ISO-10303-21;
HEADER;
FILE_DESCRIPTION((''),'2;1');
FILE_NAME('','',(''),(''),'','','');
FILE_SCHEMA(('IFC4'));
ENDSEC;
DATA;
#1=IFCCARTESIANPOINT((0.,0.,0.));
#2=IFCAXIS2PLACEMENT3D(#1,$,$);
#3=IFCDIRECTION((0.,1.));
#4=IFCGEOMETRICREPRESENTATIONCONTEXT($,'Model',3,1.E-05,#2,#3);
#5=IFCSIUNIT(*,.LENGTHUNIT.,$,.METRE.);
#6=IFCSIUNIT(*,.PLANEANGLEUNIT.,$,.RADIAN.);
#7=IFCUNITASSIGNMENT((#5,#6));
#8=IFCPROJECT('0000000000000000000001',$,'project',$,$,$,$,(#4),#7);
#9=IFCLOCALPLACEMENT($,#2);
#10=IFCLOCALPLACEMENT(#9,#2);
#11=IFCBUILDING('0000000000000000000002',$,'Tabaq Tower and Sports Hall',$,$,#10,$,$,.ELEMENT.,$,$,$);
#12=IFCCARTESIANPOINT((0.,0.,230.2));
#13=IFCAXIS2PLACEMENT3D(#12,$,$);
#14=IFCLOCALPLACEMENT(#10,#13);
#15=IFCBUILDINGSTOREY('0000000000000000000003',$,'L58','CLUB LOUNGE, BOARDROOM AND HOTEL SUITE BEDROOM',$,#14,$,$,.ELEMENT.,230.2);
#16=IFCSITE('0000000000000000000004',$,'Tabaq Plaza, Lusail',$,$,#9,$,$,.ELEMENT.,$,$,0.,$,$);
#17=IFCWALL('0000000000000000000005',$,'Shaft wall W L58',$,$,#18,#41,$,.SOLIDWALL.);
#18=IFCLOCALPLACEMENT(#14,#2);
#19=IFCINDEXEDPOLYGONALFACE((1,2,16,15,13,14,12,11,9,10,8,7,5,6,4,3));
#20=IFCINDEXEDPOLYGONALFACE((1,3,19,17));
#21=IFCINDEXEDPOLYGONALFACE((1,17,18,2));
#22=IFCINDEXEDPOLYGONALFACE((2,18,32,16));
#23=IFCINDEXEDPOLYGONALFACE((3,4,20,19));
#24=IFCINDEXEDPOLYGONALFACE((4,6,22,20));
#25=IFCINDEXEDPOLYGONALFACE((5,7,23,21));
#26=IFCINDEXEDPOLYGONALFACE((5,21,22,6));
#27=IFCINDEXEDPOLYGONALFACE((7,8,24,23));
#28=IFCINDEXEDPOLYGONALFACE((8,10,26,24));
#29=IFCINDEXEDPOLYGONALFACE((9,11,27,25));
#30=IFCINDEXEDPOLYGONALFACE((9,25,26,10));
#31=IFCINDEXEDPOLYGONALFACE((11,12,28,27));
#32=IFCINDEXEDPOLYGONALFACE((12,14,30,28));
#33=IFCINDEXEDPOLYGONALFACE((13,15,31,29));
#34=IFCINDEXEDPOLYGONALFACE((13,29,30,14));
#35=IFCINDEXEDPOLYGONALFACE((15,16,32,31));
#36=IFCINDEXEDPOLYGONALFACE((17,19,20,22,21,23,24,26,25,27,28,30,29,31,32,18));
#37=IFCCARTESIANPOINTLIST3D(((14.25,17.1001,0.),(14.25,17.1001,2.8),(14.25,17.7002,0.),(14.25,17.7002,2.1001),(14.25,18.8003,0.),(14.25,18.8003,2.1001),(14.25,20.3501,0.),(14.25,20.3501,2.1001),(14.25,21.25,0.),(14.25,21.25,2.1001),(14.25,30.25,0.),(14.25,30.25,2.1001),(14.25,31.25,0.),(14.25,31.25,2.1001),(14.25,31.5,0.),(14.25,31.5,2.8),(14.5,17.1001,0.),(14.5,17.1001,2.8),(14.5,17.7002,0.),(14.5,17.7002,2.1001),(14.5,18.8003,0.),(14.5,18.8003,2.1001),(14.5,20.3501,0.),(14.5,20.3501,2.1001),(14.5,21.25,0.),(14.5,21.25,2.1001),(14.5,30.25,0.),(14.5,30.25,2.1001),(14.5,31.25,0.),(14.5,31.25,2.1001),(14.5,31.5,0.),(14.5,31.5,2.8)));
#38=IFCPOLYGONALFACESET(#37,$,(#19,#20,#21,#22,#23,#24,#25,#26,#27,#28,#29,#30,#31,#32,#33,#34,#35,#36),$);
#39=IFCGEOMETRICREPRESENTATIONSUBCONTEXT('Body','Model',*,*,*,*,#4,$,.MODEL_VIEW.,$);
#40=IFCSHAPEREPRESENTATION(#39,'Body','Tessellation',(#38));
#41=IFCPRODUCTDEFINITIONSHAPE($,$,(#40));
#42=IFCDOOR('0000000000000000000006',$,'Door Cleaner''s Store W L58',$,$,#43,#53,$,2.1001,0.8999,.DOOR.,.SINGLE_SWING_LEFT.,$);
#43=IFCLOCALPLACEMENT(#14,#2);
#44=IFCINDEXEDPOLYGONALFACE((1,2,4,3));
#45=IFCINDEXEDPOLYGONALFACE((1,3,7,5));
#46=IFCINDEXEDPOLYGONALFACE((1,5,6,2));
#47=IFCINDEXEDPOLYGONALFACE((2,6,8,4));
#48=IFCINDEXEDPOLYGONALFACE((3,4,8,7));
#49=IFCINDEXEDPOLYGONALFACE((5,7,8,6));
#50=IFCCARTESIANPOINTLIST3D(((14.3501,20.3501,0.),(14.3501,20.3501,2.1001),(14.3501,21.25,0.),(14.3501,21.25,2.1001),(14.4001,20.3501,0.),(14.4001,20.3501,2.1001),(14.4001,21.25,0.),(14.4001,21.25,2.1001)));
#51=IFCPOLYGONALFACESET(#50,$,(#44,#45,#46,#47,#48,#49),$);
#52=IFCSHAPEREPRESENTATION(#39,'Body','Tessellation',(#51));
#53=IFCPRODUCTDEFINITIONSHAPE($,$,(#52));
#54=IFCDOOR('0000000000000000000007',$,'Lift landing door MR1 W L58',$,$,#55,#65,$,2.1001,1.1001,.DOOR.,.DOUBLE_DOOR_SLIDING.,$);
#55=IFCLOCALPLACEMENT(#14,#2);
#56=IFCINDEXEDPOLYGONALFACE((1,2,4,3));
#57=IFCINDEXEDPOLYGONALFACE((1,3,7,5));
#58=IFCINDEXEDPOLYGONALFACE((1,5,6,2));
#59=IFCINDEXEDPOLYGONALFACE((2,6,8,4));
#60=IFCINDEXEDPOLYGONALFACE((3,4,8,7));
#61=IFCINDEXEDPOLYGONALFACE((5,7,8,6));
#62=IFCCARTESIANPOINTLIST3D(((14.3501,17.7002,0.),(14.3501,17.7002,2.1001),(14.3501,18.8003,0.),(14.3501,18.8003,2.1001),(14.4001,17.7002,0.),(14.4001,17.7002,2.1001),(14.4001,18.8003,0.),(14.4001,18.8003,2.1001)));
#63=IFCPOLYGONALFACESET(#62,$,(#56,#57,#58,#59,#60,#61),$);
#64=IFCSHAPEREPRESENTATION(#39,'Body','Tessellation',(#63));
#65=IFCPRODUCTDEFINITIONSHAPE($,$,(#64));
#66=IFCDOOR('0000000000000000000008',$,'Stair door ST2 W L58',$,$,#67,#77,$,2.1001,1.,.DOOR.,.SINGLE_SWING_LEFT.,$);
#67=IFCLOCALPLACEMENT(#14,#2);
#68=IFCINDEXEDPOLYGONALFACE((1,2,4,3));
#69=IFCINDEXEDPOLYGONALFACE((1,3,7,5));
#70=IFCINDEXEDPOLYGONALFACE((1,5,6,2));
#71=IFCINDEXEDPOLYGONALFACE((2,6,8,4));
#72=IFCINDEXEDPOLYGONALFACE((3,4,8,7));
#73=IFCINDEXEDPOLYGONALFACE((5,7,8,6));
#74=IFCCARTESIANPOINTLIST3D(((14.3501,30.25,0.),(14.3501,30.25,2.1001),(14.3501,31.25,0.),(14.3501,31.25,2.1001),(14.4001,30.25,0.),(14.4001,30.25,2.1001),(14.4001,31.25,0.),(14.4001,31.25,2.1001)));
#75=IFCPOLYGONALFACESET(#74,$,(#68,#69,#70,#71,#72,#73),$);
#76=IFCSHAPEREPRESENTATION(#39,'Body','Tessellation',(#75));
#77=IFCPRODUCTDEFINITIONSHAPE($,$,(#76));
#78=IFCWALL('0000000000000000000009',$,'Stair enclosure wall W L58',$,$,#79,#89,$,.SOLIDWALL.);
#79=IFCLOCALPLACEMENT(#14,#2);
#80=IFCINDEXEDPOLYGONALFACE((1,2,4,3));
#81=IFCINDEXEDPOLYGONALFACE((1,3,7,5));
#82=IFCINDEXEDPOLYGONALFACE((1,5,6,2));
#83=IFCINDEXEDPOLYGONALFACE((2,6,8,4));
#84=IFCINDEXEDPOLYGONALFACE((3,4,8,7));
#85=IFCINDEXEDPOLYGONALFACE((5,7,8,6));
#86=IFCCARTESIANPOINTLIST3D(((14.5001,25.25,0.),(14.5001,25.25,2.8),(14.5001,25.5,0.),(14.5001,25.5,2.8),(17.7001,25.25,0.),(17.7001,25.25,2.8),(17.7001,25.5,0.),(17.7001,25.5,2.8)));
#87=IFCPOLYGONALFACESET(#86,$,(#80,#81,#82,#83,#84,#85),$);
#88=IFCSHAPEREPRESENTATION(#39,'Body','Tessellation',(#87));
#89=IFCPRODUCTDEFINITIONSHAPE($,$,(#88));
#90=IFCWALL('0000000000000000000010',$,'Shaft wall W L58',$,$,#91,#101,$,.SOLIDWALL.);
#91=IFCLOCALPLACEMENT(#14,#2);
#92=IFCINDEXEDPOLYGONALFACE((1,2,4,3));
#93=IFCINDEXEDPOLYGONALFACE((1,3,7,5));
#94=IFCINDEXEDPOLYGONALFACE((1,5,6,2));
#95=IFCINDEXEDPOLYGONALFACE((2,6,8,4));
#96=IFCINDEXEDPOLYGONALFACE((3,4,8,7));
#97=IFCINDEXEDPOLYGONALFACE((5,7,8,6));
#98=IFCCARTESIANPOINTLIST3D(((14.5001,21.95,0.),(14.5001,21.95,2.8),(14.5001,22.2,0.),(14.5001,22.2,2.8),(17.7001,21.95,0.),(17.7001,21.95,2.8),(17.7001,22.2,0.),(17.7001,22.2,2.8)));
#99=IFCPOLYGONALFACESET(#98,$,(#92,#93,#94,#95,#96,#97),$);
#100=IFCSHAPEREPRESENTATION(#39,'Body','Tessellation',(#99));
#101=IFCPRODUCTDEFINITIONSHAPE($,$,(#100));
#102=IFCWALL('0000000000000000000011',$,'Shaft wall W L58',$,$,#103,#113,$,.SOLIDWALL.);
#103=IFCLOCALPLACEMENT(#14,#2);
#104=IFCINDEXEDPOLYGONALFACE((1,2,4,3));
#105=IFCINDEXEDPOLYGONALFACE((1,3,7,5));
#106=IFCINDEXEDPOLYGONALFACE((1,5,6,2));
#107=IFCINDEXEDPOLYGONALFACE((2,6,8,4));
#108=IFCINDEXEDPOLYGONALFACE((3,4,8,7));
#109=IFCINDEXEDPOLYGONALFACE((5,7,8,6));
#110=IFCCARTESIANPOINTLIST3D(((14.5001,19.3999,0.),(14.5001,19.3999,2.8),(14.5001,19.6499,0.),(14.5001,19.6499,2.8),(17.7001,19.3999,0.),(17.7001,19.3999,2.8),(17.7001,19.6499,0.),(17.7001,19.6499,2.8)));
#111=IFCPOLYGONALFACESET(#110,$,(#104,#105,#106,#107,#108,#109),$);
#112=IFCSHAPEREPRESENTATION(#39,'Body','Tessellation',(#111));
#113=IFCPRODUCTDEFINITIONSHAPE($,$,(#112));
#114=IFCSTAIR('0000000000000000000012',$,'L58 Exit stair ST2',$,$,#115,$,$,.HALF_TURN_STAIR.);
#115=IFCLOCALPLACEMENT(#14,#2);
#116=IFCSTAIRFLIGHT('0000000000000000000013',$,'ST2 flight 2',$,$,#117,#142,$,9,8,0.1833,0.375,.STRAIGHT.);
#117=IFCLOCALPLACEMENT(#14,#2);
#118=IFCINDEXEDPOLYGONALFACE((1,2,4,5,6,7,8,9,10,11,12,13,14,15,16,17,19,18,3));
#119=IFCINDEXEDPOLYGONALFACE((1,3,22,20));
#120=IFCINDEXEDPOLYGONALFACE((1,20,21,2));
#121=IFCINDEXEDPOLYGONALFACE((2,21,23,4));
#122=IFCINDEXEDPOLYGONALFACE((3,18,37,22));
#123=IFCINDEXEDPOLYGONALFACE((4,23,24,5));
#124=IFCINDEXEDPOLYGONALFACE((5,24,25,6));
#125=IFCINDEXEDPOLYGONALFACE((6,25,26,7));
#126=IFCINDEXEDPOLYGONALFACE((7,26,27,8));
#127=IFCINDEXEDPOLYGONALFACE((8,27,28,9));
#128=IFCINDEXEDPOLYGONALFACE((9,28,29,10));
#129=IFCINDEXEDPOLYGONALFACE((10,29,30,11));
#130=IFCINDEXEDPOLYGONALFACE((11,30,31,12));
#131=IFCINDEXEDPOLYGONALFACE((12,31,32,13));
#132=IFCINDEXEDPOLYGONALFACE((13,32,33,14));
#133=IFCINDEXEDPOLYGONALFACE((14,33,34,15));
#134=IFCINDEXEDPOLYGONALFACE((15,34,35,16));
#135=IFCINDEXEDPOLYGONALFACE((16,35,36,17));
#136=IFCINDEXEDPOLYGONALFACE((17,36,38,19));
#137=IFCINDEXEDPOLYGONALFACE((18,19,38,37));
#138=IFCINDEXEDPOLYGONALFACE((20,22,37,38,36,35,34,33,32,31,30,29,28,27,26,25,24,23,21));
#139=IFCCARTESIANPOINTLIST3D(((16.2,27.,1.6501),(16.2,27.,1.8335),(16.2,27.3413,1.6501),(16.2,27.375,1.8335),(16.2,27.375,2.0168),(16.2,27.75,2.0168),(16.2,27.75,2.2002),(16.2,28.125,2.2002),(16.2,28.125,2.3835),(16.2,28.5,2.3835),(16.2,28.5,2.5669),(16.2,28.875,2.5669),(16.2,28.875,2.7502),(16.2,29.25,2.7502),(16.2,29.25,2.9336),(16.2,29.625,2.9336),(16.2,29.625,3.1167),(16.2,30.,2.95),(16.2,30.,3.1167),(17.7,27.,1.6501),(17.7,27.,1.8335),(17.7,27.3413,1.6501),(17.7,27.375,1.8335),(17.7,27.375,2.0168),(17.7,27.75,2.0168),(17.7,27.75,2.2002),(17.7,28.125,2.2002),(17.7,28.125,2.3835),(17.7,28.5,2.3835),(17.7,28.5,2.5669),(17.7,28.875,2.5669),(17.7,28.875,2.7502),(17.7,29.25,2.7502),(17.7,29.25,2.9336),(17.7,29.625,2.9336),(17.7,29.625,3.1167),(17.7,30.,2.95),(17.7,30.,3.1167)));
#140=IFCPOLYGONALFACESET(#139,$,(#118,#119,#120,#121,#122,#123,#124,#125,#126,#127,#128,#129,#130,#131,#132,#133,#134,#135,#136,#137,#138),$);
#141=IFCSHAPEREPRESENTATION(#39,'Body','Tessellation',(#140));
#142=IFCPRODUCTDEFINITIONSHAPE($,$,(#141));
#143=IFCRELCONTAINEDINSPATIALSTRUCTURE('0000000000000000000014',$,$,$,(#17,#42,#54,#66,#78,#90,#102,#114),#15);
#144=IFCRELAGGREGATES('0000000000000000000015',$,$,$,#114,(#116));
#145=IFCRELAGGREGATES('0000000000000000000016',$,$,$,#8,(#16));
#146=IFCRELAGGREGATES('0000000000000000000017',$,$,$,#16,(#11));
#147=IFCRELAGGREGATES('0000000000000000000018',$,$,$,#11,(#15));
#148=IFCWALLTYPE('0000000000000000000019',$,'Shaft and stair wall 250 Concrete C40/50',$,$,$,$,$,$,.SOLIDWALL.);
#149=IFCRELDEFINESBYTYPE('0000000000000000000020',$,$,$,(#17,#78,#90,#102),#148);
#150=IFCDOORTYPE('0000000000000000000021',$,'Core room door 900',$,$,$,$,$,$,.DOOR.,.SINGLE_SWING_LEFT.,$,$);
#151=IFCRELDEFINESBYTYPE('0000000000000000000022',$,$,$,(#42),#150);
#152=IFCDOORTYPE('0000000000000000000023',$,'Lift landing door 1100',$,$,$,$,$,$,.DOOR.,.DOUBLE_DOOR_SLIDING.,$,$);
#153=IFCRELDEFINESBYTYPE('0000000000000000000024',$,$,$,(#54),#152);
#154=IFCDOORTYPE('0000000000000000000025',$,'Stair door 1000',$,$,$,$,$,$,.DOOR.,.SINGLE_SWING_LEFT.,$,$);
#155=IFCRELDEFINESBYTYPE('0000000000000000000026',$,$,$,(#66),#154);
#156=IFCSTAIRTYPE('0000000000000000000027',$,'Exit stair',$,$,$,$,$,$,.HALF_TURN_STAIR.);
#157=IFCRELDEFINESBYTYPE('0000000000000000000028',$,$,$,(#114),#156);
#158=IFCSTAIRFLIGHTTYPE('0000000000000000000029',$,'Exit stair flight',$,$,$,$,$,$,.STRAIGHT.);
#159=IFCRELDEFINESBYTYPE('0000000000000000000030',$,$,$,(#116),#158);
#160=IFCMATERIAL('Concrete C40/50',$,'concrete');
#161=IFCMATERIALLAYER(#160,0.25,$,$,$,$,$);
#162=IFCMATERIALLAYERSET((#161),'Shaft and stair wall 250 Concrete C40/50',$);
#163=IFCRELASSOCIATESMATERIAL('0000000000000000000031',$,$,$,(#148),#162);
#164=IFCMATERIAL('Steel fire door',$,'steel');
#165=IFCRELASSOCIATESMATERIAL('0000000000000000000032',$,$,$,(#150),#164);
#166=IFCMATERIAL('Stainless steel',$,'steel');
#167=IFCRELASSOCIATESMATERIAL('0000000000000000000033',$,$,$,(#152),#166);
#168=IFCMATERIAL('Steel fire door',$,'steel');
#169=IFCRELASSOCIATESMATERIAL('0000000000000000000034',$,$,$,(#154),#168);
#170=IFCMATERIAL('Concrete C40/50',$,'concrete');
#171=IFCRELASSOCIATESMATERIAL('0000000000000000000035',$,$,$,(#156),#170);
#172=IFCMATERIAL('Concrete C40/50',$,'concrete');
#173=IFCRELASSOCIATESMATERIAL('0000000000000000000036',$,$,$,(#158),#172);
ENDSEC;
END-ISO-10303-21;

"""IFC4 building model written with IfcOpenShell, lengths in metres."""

from ifc_helpers import new_model, si_unit, direction, frame, frame_2d, origin, place, context, subcontext, project, spatial, polyline, rectangle, outline, extrude, material, layer, layer_set, type_object, element, fill, aggregate, save


model = new_model("IFC4")

# Units and contexts
model_context = context("Model", 3, precision=1e-05, world=origin(), true_north=direction((0.0, 1.0)))
body_context = subcontext(model_context, "Body", "Model", "MODEL_VIEW")
ifc_project = project(units=[si_unit("LENGTHUNIT", "METRE"), si_unit("PLANEANGLEUNIT", "RADIAN")], contexts=[model_context])

# Site, building, storey
site_placement = place(None, origin())
site = spatial("IfcSite", under=ifc_project, at=site_placement, Name="Tabaq Plaza, Lusail", CompositionType="ELEMENT", RefElevation=0.0)
building_placement = place(site_placement, origin())
building = spatial("IfcBuilding", under=site, at=building_placement, Name="Tabaq Tower and Sports Hall", CompositionType="ELEMENT")
storey_placement = place(building_placement, frame((0.0, 0.0, 230.2)))
storey = spatial("IfcBuildingStorey", under=building, at=storey_placement, Name="L58", Description="CLUB LOUNGE, BOARDROOM AND HOTEL SUITE BEDROOM", CompositionType="ELEMENT", Elevation=230.2)

# Wall, openings, doors
ifc_material_1 = material(Name="Concrete C40/50", Category="concrete")
ifc_layer_1 = layer(ifc_material_1, 0.25)
ifc_layer_set_1 = layer_set([ifc_layer_1], Name="Shaft and stair wall 250 Concrete C40/50")
wall_type_1 = type_object("IfcWallType", Name="Shaft and stair wall 250 Concrete C40/50", PredefinedType="SOLIDWALL", material=ifc_layer_set_1)
wall_1_placement = place(storey_placement, frame((14.375, 17.1001, 0.0), z_axis=(0.0, 0.0, 1.0), x_axis=(0.0, 1.0, 0.0)))
wall_1 = element("IfcWall", 1, at=wall_1_placement, inside=storey, type_object=wall_type_1, Name="Shaft wall W L58", PredefinedType="SOLIDWALL", context=body_context, shape_type="SweptSolid", body=[
    extrude(rectangle(XDim=14.3999, YDim=0.25, at=frame_2d((7.2, 0.0))), origin(), (0.0, 0.0, 1.0), 2.8),
])
opening_1_placement = place(wall_1_placement, frame((13.1499, 0.0, 0.0)))
opening_1 = element("IfcOpeningElement", 2, at=opening_1_placement, cuts=wall_1, PredefinedType="OPENING", context=body_context, shape_type="SweptSolid", body=[
    extrude(rectangle(XDim=1.0, YDim=2.1001, at=frame_2d((0.5, 1.05))), frame((0.0, 0.125, 0.0), z_axis=(0.0, -1.0, 0.0), x_axis=(1.0, 0.0, 0.0)), (0.0, 0.0, 1.0), 0.25),
])
opening_2_placement = place(wall_1_placement, frame((0.6001, 0.0, 0.0)))
opening_2 = element("IfcOpeningElement", 3, at=opening_2_placement, cuts=wall_1, PredefinedType="OPENING", context=body_context, shape_type="SweptSolid", body=[
    extrude(rectangle(XDim=1.1001, YDim=2.1001, at=frame_2d((0.55, 1.05))), frame((0.0, 0.125, 0.0), z_axis=(0.0, -1.0, 0.0), x_axis=(1.0, 0.0, 0.0)), (0.0, 0.0, 1.0), 0.25),
])
opening_3_placement = place(wall_1_placement, frame((3.25, 0.0, 0.0)))
opening_3 = element("IfcOpeningElement", 4, at=opening_3_placement, cuts=wall_1, PredefinedType="OPENING", context=body_context, shape_type="SweptSolid", body=[
    extrude(rectangle(XDim=0.8999, YDim=2.1001, at=frame_2d((0.45, 1.05))), frame((0.0, 0.125, 0.0), z_axis=(0.0, -1.0, 0.0), x_axis=(1.0, 0.0, 0.0)), (0.0, 0.0, 1.0), 0.25),
])
ifc_material_2 = material(Name="Steel fire door", Category="steel")
door_type_1 = type_object("IfcDoorType", Name="Core room door 900", OperationType="SINGLE_SWING_LEFT", PredefinedType="DOOR", material=ifc_material_2)
door_1_placement = place(opening_3_placement, origin())
door_1 = element("IfcDoor", 5, at=door_1_placement, inside=storey, type_object=door_type_1, Name="Door Cleaner's Store W L58", OperationType="SINGLE_SWING_LEFT", OverallHeight=2.1001, OverallWidth=0.8999, PredefinedType="DOOR", context=body_context, shape_type="SweptSolid", body=[
    extrude(rectangle(XDim=0.8999, YDim=2.1001, at=frame_2d((0.45, 1.05))), frame((0.0, 0.0249, 0.0), z_axis=(0.0, -1.0, 0.0), x_axis=(1.0, 0.0, 0.0)), (0.0, 0.0, 1.0), 0.05),
])
fill(opening_3, door_1)
ifc_material_3 = material(Name="Stainless steel", Category="steel")
door_type_2 = type_object("IfcDoorType", Name="Lift landing door 1100", OperationType="DOUBLE_DOOR_SLIDING", PredefinedType="DOOR", material=ifc_material_3)
door_2_placement = place(opening_2_placement, origin())
door_2 = element("IfcDoor", 6, at=door_2_placement, inside=storey, type_object=door_type_2, Name="Lift landing door MR1 W L58", OperationType="DOUBLE_DOOR_SLIDING", OverallHeight=2.1001, OverallWidth=1.1001, PredefinedType="DOOR", context=body_context, shape_type="SweptSolid", body=[
    extrude(rectangle(XDim=1.1001, YDim=2.1001, at=frame_2d((0.55, 1.05))), frame((0.0, 0.0249, 0.0), z_axis=(0.0, -1.0, 0.0), x_axis=(1.0, 0.0, 0.0)), (0.0, 0.0, 1.0), 0.05),
])
fill(opening_2, door_2)
ifc_material_4 = material(Name="Steel fire door", Category="steel")
door_type_3 = type_object("IfcDoorType", Name="Stair door 1000", OperationType="SINGLE_SWING_LEFT", PredefinedType="DOOR", material=ifc_material_4)
door_3_placement = place(opening_1_placement, origin())
door_3 = element("IfcDoor", 7, at=door_3_placement, inside=storey, type_object=door_type_3, Name="Stair door ST2 W L58", OperationType="SINGLE_SWING_LEFT", OverallHeight=2.1001, OverallWidth=1.0, PredefinedType="DOOR", context=body_context, shape_type="SweptSolid", body=[
    extrude(rectangle(XDim=1.0, YDim=2.1001, at=frame_2d((0.5, 1.05))), frame((0.0, 0.0249, 0.0), z_axis=(0.0, -1.0, 0.0), x_axis=(1.0, 0.0, 0.0)), (0.0, 0.0, 1.0), 0.05),
])
fill(opening_1, door_3)

# Walls
for number, where, z_axis, x_axis, name in (
    (8, (14.5, 25.375, 0.0), (0.0, 0.0, 1.0), (1.0, 0.0, 0.0), "Stair enclosure wall W L58"),
    (9, (14.5, 22.075, 0.0), (0.0, 0.0, 1.0), (1.0, 0.0, 0.0), "Shaft wall W L58"),
    (10, (14.5, 19.5249, 0.0), (0.0, 0.0, 1.0), (1.0, 0.0, 0.0), "Shaft wall W L58"),
):
    element("IfcWall", number, at=place(storey_placement, frame(where, z_axis=z_axis, x_axis=x_axis)), inside=storey, type_object=wall_type_1, Name=name, PredefinedType="SOLIDWALL", context=body_context, shape_type="SweptSolid", body=[
        extrude(rectangle(XDim=3.2, YDim=0.25, at=frame_2d((1.6001, 0.0))), origin(), (0.0, 0.0, 1.0), 2.8),
    ])

# Stair, stair flight
ifc_material_5 = material(Name="Concrete C40/50", Category="concrete")
stair_type = type_object("IfcStairType", Name="Exit stair", PredefinedType="HALF_TURN_STAIR", material=ifc_material_5)
stair_placement = place(storey_placement, origin())
stair = element("IfcStair", 11, at=stair_placement, inside=storey, type_object=stair_type, Name="L58 Exit stair ST2", PredefinedType="HALF_TURN_STAIR")
ifc_material_6 = material(Name="Concrete C40/50", Category="concrete")
stair_flight_type = type_object("IfcStairFlightType", Name="Exit stair flight", PredefinedType="STRAIGHT", material=ifc_material_6)
stair_flight_placement = place(storey_placement, frame((16.95, 27.0, 1.6501), z_axis=(0.0, 0.0, 1.0), x_axis=(0.0, 1.0, 0.0)))
stair_flight = element("IfcStairFlight", 12, at=stair_flight_placement, type_object=stair_flight_type, Name="ST2 flight 2", NumberOfRisers=9, NumberOfTreads=8, PredefinedType="STRAIGHT", RiserHeight=0.1833, TreadLength=0.375, context=body_context, shape_type="SweptSolid", body=[
    extrude(outline(polyline([(0.0, 0.0), (0.0, 0.1833), (0.375, 0.1833), (0.375, 0.3667), (0.75, 0.3667), (0.75, 0.55), (1.125, 0.55), (1.125, 0.7334), (1.5, 0.7334), (1.5, 0.9167), (1.875, 0.9167), (1.875, 1.1001), (2.25, 1.1001), (2.25, 1.2834), (2.625, 1.2834), (2.625, 1.4666), (3.0, 1.4666), (3.0, 1.6499), (3.0, 1.2998), (0.3413, 0.0), (0.0, 0.0)])), frame((0.0, 0.75, 0.0), z_axis=(0.0, -1.0, 0.0), x_axis=(1.0, 0.0, 0.0)), (0.0, 0.0, 1.0), 1.5),
])
aggregate(stair, [stair_flight])

save(model, "model.ifc")
